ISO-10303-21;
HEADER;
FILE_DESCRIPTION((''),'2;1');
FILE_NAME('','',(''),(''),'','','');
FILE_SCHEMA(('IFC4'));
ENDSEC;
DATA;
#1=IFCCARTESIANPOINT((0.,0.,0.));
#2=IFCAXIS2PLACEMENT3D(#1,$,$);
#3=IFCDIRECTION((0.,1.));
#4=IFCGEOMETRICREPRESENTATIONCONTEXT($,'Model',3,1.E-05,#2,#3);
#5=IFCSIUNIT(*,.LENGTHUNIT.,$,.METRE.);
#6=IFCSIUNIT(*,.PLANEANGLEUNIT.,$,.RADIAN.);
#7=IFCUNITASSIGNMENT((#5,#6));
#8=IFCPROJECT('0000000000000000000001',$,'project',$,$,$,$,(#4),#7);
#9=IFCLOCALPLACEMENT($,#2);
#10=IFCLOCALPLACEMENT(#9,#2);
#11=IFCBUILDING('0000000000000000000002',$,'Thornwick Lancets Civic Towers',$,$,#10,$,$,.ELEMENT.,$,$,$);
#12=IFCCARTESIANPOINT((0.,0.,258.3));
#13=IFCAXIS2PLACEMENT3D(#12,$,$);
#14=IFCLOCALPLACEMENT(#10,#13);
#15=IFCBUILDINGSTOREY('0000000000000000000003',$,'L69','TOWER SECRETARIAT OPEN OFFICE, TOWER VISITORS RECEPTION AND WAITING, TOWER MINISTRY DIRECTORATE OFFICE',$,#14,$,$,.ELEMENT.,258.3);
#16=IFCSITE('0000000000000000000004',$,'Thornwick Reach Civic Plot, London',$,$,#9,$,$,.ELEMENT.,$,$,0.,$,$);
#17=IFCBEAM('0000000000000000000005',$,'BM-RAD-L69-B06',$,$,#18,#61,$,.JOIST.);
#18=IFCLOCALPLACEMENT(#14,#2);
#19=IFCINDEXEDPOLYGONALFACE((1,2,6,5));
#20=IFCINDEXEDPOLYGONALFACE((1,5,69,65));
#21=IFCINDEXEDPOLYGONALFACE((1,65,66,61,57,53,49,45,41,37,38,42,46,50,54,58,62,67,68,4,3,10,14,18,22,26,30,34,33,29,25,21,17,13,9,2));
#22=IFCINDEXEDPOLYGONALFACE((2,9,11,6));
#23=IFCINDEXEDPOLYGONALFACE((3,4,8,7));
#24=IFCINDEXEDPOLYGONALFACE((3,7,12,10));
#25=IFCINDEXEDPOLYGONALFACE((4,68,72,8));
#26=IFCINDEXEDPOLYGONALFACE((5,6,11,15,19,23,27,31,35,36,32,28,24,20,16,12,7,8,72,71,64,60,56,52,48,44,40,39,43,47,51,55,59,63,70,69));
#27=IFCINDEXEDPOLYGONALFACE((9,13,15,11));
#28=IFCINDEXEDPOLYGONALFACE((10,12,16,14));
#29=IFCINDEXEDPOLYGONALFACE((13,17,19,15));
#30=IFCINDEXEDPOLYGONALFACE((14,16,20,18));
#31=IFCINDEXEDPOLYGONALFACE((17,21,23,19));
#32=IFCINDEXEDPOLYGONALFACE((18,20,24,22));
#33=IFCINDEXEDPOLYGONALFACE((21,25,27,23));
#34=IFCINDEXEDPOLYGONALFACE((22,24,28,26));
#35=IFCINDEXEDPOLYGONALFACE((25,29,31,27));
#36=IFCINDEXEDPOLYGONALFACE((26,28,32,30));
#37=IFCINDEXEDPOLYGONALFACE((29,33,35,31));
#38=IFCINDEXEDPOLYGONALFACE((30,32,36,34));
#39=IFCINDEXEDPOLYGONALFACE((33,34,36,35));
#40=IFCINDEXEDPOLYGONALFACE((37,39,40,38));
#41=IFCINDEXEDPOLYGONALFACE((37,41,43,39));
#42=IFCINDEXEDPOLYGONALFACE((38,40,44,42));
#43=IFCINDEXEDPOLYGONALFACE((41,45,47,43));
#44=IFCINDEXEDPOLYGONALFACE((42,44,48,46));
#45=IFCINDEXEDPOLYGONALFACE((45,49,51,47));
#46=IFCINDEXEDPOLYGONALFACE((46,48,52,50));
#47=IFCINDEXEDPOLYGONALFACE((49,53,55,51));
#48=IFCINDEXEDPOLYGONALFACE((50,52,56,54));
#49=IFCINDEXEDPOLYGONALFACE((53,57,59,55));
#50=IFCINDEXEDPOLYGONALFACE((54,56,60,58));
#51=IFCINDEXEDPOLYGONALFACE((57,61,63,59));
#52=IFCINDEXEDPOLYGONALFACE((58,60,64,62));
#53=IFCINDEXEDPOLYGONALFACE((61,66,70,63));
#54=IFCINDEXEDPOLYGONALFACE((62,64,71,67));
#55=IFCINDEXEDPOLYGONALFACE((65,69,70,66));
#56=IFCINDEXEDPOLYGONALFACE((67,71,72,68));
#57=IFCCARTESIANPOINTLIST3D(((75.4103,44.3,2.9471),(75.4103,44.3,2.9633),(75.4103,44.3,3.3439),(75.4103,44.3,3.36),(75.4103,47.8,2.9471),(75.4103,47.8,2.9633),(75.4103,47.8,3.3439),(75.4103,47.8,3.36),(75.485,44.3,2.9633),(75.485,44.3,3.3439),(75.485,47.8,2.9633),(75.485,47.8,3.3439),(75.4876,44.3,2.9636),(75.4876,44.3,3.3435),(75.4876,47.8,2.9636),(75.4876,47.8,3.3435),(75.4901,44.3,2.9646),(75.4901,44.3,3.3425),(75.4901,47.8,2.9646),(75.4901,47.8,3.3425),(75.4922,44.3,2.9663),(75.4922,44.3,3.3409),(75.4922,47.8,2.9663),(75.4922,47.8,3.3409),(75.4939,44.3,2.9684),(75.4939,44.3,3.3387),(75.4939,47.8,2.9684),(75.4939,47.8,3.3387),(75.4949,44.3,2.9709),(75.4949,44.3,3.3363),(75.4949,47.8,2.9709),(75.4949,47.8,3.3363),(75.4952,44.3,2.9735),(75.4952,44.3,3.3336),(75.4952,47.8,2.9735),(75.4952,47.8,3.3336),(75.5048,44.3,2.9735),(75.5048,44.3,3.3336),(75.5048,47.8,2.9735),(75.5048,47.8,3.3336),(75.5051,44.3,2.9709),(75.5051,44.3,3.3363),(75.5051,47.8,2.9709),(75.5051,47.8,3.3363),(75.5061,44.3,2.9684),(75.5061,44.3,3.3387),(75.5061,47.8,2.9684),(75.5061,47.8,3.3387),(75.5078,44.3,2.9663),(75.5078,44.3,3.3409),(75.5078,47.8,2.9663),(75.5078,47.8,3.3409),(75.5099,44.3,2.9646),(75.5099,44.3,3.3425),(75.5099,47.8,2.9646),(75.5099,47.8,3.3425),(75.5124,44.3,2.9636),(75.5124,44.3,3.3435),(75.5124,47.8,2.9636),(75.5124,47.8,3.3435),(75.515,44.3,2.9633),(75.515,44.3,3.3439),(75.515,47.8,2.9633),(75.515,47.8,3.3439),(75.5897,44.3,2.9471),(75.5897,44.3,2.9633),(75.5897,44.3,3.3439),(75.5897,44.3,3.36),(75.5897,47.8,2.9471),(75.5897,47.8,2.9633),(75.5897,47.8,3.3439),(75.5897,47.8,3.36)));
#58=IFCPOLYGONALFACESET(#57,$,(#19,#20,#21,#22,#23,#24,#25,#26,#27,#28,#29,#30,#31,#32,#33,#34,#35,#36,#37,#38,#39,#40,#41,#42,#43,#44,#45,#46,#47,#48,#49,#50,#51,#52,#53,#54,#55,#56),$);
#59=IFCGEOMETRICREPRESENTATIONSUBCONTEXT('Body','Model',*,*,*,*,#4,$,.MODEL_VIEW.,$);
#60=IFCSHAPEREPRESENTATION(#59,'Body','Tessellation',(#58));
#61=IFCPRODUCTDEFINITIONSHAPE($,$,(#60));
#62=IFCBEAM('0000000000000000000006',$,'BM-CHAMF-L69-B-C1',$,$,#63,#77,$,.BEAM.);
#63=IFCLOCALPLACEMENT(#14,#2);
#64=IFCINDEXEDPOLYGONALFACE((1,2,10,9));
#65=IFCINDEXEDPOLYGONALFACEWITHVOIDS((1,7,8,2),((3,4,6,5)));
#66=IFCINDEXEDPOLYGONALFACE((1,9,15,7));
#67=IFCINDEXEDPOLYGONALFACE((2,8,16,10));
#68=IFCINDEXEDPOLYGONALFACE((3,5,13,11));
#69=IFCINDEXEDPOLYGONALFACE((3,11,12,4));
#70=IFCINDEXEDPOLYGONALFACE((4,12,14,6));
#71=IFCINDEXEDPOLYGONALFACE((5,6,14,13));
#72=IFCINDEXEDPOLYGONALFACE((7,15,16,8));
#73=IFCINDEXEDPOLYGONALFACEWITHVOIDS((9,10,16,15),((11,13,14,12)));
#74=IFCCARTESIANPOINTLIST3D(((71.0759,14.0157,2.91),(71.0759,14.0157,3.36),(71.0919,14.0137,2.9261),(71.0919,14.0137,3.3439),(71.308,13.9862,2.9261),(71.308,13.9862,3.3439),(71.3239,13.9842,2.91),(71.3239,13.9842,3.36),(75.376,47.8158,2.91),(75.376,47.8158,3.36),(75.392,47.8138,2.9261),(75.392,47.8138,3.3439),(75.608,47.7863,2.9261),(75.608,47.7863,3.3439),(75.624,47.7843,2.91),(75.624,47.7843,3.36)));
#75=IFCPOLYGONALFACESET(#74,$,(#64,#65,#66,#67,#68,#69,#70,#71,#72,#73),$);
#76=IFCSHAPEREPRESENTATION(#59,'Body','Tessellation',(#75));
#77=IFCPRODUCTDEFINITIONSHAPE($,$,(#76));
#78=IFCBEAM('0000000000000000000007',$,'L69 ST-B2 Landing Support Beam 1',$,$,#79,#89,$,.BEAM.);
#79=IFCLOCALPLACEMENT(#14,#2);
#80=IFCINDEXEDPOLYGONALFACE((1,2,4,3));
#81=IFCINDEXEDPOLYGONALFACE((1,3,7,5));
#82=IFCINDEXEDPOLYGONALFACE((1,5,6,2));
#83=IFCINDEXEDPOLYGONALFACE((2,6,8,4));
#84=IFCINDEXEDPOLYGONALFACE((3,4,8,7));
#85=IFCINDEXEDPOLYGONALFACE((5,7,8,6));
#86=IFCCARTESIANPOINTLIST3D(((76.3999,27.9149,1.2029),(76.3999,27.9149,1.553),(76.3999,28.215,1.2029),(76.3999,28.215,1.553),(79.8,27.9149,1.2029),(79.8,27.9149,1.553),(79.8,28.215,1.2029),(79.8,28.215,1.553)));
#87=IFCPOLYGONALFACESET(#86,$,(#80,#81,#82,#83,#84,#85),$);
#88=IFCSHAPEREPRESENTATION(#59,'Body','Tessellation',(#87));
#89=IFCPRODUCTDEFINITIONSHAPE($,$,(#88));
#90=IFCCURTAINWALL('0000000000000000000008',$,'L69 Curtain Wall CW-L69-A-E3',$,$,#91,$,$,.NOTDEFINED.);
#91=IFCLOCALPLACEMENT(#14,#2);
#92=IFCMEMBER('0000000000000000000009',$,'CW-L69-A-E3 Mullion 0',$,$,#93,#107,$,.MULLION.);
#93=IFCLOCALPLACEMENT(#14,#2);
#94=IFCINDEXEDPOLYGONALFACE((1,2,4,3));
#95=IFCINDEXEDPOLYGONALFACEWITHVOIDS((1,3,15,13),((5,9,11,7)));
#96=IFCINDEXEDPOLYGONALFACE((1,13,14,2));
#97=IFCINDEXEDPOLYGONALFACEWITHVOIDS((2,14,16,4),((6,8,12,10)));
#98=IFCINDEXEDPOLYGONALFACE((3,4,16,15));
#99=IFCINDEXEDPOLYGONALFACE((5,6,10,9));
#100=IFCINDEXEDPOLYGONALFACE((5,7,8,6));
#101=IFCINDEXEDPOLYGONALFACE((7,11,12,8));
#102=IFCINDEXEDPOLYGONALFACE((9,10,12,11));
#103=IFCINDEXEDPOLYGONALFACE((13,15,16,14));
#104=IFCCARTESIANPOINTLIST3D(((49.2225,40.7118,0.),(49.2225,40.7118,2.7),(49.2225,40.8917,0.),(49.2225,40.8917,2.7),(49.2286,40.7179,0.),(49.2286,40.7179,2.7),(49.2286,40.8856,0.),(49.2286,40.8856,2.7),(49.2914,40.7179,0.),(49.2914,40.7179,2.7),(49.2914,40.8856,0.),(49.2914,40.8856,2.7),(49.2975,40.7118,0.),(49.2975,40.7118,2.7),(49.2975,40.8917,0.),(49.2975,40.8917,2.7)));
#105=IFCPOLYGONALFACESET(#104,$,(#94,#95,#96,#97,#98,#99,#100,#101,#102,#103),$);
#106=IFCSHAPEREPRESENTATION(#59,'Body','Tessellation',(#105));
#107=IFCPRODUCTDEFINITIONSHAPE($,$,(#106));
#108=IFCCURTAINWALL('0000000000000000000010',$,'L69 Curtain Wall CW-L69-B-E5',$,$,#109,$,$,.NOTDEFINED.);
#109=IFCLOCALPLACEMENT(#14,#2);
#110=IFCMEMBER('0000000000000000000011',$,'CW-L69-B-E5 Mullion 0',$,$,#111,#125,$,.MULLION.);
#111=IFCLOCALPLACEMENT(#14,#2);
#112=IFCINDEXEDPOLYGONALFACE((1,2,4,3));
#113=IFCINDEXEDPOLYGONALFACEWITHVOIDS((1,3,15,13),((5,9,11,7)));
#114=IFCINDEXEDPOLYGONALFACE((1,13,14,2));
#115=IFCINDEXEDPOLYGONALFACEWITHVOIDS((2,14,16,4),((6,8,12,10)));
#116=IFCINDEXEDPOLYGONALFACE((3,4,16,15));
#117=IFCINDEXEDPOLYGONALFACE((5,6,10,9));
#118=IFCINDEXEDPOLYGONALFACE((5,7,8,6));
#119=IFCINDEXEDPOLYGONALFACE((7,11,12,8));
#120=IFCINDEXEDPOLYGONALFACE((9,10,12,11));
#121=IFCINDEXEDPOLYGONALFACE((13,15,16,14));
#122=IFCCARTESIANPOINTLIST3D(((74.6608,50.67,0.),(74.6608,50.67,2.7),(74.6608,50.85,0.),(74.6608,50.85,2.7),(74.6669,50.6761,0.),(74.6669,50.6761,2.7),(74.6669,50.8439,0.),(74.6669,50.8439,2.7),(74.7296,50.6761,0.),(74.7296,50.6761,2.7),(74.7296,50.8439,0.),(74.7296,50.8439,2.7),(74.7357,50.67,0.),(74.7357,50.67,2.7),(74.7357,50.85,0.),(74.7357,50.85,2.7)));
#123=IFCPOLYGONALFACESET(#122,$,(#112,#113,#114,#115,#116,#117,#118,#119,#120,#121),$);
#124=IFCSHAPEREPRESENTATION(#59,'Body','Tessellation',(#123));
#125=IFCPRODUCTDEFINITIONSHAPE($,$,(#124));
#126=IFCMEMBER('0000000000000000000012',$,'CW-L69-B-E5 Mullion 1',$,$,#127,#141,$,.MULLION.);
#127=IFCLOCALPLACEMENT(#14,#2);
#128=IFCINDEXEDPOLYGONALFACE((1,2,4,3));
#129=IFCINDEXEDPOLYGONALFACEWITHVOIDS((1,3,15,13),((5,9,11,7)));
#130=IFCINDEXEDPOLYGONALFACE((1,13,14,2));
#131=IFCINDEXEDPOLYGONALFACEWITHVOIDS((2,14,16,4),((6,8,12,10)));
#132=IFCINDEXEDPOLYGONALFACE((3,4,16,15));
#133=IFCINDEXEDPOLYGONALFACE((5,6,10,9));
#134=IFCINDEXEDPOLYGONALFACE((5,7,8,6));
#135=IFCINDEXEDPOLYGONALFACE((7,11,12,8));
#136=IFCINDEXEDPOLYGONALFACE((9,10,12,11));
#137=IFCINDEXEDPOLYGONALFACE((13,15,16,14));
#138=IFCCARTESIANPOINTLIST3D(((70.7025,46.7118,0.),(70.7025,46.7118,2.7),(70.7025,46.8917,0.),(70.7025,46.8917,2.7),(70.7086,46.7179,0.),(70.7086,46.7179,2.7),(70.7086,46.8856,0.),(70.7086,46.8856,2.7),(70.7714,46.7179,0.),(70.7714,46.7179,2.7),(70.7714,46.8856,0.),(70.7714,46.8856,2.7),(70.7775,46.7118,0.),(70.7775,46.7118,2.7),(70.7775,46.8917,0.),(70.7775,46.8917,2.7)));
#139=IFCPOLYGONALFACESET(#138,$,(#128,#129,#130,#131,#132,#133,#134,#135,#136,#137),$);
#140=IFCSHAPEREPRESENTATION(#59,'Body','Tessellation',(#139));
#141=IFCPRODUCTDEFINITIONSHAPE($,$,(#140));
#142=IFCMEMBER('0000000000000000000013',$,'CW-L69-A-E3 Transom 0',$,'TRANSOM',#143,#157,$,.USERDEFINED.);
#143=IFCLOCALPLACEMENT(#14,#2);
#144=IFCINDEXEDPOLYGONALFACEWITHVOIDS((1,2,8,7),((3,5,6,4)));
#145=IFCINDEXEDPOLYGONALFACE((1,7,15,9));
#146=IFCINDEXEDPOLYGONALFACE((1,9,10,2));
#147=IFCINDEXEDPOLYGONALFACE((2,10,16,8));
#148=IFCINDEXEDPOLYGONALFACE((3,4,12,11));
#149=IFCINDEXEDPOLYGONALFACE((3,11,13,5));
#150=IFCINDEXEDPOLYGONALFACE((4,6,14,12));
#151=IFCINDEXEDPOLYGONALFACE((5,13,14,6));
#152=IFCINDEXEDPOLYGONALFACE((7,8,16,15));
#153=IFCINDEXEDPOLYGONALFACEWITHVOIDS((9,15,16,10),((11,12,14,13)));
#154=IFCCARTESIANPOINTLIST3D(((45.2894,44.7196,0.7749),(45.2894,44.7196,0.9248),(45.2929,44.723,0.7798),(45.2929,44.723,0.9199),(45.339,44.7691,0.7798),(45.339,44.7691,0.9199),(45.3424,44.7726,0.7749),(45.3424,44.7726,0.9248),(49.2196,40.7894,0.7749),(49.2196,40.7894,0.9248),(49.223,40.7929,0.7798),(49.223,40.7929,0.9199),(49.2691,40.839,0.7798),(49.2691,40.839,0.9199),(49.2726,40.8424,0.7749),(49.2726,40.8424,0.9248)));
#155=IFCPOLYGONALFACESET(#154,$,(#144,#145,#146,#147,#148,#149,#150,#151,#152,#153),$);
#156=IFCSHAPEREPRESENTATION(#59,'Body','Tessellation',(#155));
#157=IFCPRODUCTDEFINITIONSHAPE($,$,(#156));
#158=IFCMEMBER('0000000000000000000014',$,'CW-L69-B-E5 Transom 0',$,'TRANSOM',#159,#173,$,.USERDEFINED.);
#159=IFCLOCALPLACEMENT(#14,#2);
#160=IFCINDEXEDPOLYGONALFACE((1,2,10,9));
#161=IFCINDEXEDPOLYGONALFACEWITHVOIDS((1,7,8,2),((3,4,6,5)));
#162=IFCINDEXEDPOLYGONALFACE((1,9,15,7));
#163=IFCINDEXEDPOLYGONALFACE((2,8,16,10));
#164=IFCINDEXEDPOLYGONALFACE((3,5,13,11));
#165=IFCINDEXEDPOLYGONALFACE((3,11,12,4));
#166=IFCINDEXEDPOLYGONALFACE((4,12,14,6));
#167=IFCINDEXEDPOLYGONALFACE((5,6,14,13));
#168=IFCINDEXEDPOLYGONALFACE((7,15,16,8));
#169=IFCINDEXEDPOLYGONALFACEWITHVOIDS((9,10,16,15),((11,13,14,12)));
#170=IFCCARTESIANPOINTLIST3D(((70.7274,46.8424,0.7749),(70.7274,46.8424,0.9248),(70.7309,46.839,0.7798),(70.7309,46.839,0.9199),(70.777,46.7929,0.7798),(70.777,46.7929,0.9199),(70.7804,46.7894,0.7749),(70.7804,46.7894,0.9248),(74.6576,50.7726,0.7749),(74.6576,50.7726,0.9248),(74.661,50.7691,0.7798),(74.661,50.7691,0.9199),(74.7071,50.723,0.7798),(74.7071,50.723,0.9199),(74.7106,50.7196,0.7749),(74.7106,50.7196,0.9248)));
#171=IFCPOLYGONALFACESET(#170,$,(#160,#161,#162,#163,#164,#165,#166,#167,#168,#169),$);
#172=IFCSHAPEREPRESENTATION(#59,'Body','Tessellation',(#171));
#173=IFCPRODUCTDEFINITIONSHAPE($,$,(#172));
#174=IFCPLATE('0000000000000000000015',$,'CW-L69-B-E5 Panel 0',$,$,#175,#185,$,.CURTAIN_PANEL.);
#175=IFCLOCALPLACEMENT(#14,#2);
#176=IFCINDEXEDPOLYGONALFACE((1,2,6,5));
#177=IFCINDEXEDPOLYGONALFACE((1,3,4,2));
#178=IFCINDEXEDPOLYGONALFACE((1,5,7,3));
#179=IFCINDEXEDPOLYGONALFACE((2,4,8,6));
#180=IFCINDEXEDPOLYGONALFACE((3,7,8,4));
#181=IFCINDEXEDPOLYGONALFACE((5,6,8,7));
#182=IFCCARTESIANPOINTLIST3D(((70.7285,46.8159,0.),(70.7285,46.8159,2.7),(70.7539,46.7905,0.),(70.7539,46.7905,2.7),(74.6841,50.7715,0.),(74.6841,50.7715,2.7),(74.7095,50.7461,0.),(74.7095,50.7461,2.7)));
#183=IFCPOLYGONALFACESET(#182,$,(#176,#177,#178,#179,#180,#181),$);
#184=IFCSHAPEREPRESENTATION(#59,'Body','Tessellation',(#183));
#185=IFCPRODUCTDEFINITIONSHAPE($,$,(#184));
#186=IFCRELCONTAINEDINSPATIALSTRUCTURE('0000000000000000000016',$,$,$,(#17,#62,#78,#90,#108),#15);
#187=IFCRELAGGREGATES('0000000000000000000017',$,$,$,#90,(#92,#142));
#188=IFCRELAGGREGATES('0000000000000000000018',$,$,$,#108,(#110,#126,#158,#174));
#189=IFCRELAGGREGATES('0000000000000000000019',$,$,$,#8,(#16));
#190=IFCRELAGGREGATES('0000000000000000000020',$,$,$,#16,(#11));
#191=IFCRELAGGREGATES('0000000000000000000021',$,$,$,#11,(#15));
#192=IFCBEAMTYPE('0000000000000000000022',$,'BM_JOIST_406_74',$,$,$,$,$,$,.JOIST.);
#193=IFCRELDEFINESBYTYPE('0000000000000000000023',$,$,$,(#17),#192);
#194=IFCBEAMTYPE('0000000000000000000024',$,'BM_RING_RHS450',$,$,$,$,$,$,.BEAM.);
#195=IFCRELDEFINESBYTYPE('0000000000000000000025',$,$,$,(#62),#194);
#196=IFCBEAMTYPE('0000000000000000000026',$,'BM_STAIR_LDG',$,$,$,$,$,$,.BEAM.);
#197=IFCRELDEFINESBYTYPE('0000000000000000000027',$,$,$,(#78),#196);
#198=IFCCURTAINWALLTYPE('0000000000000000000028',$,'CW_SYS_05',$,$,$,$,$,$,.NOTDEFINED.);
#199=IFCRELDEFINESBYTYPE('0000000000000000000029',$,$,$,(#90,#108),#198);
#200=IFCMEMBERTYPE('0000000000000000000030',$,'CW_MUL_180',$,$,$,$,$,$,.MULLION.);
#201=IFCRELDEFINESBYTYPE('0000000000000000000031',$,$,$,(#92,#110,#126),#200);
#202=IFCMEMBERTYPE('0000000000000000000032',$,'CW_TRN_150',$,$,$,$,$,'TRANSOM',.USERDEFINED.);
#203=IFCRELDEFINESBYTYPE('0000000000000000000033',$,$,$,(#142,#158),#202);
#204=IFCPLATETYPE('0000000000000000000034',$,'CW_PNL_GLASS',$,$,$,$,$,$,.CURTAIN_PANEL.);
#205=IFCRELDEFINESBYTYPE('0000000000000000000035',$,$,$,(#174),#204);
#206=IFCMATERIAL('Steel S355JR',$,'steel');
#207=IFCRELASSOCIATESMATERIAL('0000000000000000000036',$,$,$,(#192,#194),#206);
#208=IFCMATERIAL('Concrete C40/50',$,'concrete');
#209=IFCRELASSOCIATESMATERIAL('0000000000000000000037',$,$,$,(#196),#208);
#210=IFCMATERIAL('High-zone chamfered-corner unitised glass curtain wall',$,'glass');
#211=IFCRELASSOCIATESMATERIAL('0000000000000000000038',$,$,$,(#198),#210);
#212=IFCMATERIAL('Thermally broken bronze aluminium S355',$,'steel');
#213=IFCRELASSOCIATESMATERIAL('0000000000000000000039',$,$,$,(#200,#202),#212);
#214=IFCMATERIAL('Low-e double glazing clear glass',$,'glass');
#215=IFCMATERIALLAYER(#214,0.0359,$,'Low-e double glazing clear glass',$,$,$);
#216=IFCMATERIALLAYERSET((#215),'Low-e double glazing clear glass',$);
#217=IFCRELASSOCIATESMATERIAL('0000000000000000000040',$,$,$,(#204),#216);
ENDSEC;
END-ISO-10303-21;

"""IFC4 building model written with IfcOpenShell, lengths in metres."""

from ifc_helpers import new_model, si_unit, direction, frame, origin, origin_2d, place, context, subcontext, project, spatial, rectangle, hollow_rectangle, i_section, extrude, material, layer, layer_set, material_profile, profile_set, type_object, element, aggregate, save


model = new_model("IFC4")

# Units and contexts
model_context = context("Model", 3, precision=1e-05, world=origin(), true_north=direction((0.0, 1.0)))
body_context = subcontext(model_context, "Body", "Model", "MODEL_VIEW")
ifc_project = project(units=[si_unit("LENGTHUNIT", "METRE"), si_unit("PLANEANGLEUNIT", "RADIAN")], contexts=[model_context])

# Site, building, storey
site_placement = place(None, origin())
site = spatial("IfcSite", under=ifc_project, at=site_placement, Name="Thornwick Reach Civic Plot, London", CompositionType="ELEMENT", RefElevation=0.0)
building_placement = place(site_placement, origin())
building = spatial("IfcBuilding", under=site, at=building_placement, Name="Thornwick Lancets Civic Towers", CompositionType="ELEMENT")
storey_placement = place(building_placement, frame((0.0, 0.0, 258.3)))
storey = spatial("IfcBuildingStorey", under=building, at=storey_placement, Name="L69", Description="TOWER SECRETARIAT OPEN OFFICE, TOWER VISITORS RECEPTION AND WAITING, TOWER MINISTRY DIRECTORATE OFFICE", CompositionType="ELEMENT", Elevation=258.3)

# Shared definitions
ifc_material_1 = material(Name="Steel S355JR", Category="steel")

# Beams
ifc_material_profile_1 = material_profile(ifc_material_1, i_section(OverallWidth=0.1794, OverallDepth=0.4128, WebThickness=0.0095, FlangeThickness=0.0161, FilletRadius=0.0103, at=origin_2d()), Name="UKB 406x178x74")
ifc_profile_set_1 = profile_set([ifc_material_profile_1], Name="Steel S355JR")
beam_type_1 = type_object("IfcBeamType", Name="BM_JOIST_406_74", PredefinedType="JOIST", material=ifc_profile_set_1)
beam_1_placement = place(storey_placement, frame((75.5, 44.3, 3.1536), z_axis=(0.0, 1.0, 0.0), x_axis=(-1.0, 0.0, 0.0)))
element("IfcBeam", 1, at=beam_1_placement, inside=storey, type_object=beam_type_1, Name="BM-RAD-L69-B06", PredefinedType="JOIST", context=body_context, shape_type="SweptSolid", body=[
    extrude(i_section(OverallWidth=0.1794, OverallDepth=0.4128, WebThickness=0.0095, FlangeThickness=0.0161, FilletRadius=0.0103, at=origin_2d()), origin(), (0.0, 0.0, 1.0), 3.5),
])
ifc_material_profile_2 = material_profile(ifc_material_1, hollow_rectangle(XDim=0.25, YDim=0.45, WallThickness=0.0161, at=origin_2d()), Name="RHS 450x250x16")
ifc_profile_set_2 = profile_set([ifc_material_profile_2], Name="Steel S355JR")
beam_type_2 = type_object("IfcBeamType", Name="BM_RING_RHS450", PredefinedType="BEAM", material=ifc_profile_set_2)
beam_2_placement = place(storey_placement, frame((75.5, 47.8, 3.135), z_axis=(-0.126203, -0.992004, 0.0), x_axis=(0.992004, -0.126203, 0.0)))
element("IfcBeam", 2, at=beam_2_placement, inside=storey, type_object=beam_type_2, Name="BM-CHAMF-L69-B-C1", PredefinedType="BEAM", context=body_context, shape_type="SweptSolid", body=[
    extrude(hollow_rectangle(XDim=0.25, YDim=0.45, WallThickness=0.0161, at=origin_2d()), origin(), (0.0, 0.0, 1.0), 34.0725),
])
ifc_material_2 = material(Name="Concrete C40/50", Category="concrete")
ifc_material_profile_3 = material_profile(ifc_material_2, rectangle(XDim=0.3, YDim=0.3501, at=origin_2d()), Name="RC 300x350")
ifc_profile_set_3 = profile_set([ifc_material_profile_3], Name="Concrete C40/50")
beam_type_3 = type_object("IfcBeamType", Name="BM_STAIR_LDG", PredefinedType="BEAM", material=ifc_profile_set_3)
beam_3_placement = place(storey_placement, frame((76.3999, 28.0649, 1.3779), z_axis=(1.0, 0.0, 0.0), x_axis=(0.0, 1.0, 0.0)))
element("IfcBeam", 3, at=beam_3_placement, inside=storey, type_object=beam_type_3, Name="L69 ST-B2 Landing Support Beam 1", PredefinedType="BEAM", context=body_context, shape_type="SweptSolid", body=[
    extrude(rectangle(XDim=0.3, YDim=0.3501, at=origin_2d()), origin(), (0.0, 0.0, 1.0), 3.4001),
])

# Curtain wall, member
ifc_material_3 = material(Name="High-zone chamfered-corner unitised glass curtain wall", Category="glass")
curtain_wall_type = type_object("IfcCurtainWallType", Name="CW_SYS_05", PredefinedType="NOTDEFINED", material=ifc_material_3)
curtain_wall_1_placement = place(storey_placement, origin())
curtain_wall_1 = element("IfcCurtainWall", 4, at=curtain_wall_1_placement, inside=storey, type_object=curtain_wall_type, Name="L69 Curtain Wall CW-L69-A-E3", PredefinedType="NOTDEFINED")
ifc_material_4 = material(Name="Thermally broken bronze aluminium S355", Category="steel")
ifc_material_profile_4 = material_profile(ifc_material_4, hollow_rectangle(XDim=0.075, YDim=0.1799, WallThickness=0.0061, at=origin_2d()), Name="RHS 180x75x6")
ifc_profile_set_4 = profile_set([ifc_material_profile_4], Name="Thermally broken bronze aluminium S355")
member_type_1 = type_object("IfcMemberType", Name="CW_MUL_180", PredefinedType="MULLION", material=ifc_profile_set_4)
member_1_placement = place(storey_placement, frame((49.26, 40.8018, 0.0), z_axis=(0.0, 0.0, 1.0), x_axis=(1.0, 0.0, 0.0)))
member_1 = element("IfcMember", 5, at=member_1_placement, type_object=member_type_1, Name="CW-L69-A-E3 Mullion 0", PredefinedType="MULLION", context=body_context, shape_type="SweptSolid", body=[
    extrude(hollow_rectangle(XDim=0.075, YDim=0.1799, WallThickness=0.0061, at=origin_2d()), origin(), (0.0, 0.0, 1.0), 2.7),
])

# Curtain wall, members
curtain_wall_2_placement = place(storey_placement, origin())
curtain_wall_2 = element("IfcCurtainWall", 6, at=curtain_wall_2_placement, inside=storey, type_object=curtain_wall_type, Name="L69 Curtain Wall CW-L69-B-E5", PredefinedType="NOTDEFINED")
member_2_placement = place(storey_placement, frame((74.6982, 50.76, 0.0), z_axis=(0.0, 0.0, 1.0), x_axis=(1.0, 0.0, 0.0)))
member_2 = element("IfcMember", 7, at=member_2_placement, type_object=member_type_1, Name="CW-L69-B-E5 Mullion 0", PredefinedType="MULLION", context=body_context, shape_type="SweptSolid", body=[
    extrude(hollow_rectangle(XDim=0.075, YDim=0.1799, WallThickness=0.0061, at=origin_2d()), origin(), (0.0, 0.0, 1.0), 2.7),
])
member_3_placement = place(storey_placement, frame((70.74, 46.8018, 0.0), z_axis=(0.0, 0.0, 1.0), x_axis=(1.0, 0.0, 0.0)))
member_3 = element("IfcMember", 8, at=member_3_placement, type_object=member_type_1, Name="CW-L69-B-E5 Mullion 1", PredefinedType="MULLION", context=body_context, shape_type="SweptSolid", body=[
    extrude(hollow_rectangle(XDim=0.075, YDim=0.1799, WallThickness=0.0061, at=origin_2d()), origin(), (0.0, 0.0, 1.0), 2.7),
])

# Members
ifc_material_profile_5 = material_profile(ifc_material_4, hollow_rectangle(XDim=0.075, YDim=0.1499, WallThickness=0.0049, at=origin_2d()), Name="RHS 150x75x5")
ifc_profile_set_5 = profile_set([ifc_material_profile_5], Name="Thermally broken bronze aluminium S355")
member_type_2 = type_object("IfcMemberType", Name="CW_TRN_150", ElementType="TRANSOM", PredefinedType="USERDEFINED", material=ifc_profile_set_5)
member_4_placement = place(storey_placement, frame((49.2461, 40.8159, 0.8499), z_axis=(-0.707107, 0.707107, 0.0), x_axis=(-0.707107, -0.707107, 0.0)))
member_4 = element("IfcMember", 9, at=member_4_placement, type_object=member_type_2, Name="CW-L69-A-E3 Transom 0", ObjectType="TRANSOM", PredefinedType="USERDEFINED", context=body_context, shape_type="SweptSolid", body=[
    extrude(hollow_rectangle(XDim=0.075, YDim=0.1499, WallThickness=0.0049, at=origin_2d()), origin(), (0.0, 0.0, 1.0), 5.5581),
])
aggregate(curtain_wall_1, [member_1, member_4])
member_5_placement = place(storey_placement, frame((74.6841, 50.7461, 0.8499), z_axis=(-0.707107, -0.707107, 0.0), x_axis=(0.707107, -0.707107, 0.0)))
member_5 = element("IfcMember", 10, at=member_5_placement, type_object=member_type_2, Name="CW-L69-B-E5 Transom 0", ObjectType="TRANSOM", PredefinedType="USERDEFINED", context=body_context, shape_type="SweptSolid", body=[
    extrude(hollow_rectangle(XDim=0.075, YDim=0.1499, WallThickness=0.0049, at=origin_2d()), origin(), (0.0, 0.0, 1.0), 5.5581),
])

# Plate
ifc_material_5 = material(Name="Low-e double glazing clear glass", Category="glass")
ifc_layer_1 = layer(ifc_material_5, 0.0359, Name="Low-e double glazing clear glass")
ifc_layer_set_1 = layer_set([ifc_layer_1], Name="Low-e double glazing clear glass")
plate_type = type_object("IfcPlateType", Name="CW_PNL_GLASS", PredefinedType="CURTAIN_PANEL", material=ifc_layer_set_1)
plate_placement = place(storey_placement, frame((72.719, 48.781, 0.0), z_axis=(0.0, 0.0, 1.0), x_axis=(-0.707107, -0.707107, 0.0)))
plate = element("IfcPlate", 11, at=plate_placement, type_object=plate_type, Name="CW-L69-B-E5 Panel 0", PredefinedType="CURTAIN_PANEL", context=body_context, shape_type="SweptSolid", body=[
    extrude(rectangle(XDim=5.594, YDim=0.0359, at=origin_2d()), origin(), (0.0, 0.0, 1.0), 2.7),
])
aggregate(curtain_wall_2, [member_2, member_3, member_5, plate])

save(model, "model.ifc")
